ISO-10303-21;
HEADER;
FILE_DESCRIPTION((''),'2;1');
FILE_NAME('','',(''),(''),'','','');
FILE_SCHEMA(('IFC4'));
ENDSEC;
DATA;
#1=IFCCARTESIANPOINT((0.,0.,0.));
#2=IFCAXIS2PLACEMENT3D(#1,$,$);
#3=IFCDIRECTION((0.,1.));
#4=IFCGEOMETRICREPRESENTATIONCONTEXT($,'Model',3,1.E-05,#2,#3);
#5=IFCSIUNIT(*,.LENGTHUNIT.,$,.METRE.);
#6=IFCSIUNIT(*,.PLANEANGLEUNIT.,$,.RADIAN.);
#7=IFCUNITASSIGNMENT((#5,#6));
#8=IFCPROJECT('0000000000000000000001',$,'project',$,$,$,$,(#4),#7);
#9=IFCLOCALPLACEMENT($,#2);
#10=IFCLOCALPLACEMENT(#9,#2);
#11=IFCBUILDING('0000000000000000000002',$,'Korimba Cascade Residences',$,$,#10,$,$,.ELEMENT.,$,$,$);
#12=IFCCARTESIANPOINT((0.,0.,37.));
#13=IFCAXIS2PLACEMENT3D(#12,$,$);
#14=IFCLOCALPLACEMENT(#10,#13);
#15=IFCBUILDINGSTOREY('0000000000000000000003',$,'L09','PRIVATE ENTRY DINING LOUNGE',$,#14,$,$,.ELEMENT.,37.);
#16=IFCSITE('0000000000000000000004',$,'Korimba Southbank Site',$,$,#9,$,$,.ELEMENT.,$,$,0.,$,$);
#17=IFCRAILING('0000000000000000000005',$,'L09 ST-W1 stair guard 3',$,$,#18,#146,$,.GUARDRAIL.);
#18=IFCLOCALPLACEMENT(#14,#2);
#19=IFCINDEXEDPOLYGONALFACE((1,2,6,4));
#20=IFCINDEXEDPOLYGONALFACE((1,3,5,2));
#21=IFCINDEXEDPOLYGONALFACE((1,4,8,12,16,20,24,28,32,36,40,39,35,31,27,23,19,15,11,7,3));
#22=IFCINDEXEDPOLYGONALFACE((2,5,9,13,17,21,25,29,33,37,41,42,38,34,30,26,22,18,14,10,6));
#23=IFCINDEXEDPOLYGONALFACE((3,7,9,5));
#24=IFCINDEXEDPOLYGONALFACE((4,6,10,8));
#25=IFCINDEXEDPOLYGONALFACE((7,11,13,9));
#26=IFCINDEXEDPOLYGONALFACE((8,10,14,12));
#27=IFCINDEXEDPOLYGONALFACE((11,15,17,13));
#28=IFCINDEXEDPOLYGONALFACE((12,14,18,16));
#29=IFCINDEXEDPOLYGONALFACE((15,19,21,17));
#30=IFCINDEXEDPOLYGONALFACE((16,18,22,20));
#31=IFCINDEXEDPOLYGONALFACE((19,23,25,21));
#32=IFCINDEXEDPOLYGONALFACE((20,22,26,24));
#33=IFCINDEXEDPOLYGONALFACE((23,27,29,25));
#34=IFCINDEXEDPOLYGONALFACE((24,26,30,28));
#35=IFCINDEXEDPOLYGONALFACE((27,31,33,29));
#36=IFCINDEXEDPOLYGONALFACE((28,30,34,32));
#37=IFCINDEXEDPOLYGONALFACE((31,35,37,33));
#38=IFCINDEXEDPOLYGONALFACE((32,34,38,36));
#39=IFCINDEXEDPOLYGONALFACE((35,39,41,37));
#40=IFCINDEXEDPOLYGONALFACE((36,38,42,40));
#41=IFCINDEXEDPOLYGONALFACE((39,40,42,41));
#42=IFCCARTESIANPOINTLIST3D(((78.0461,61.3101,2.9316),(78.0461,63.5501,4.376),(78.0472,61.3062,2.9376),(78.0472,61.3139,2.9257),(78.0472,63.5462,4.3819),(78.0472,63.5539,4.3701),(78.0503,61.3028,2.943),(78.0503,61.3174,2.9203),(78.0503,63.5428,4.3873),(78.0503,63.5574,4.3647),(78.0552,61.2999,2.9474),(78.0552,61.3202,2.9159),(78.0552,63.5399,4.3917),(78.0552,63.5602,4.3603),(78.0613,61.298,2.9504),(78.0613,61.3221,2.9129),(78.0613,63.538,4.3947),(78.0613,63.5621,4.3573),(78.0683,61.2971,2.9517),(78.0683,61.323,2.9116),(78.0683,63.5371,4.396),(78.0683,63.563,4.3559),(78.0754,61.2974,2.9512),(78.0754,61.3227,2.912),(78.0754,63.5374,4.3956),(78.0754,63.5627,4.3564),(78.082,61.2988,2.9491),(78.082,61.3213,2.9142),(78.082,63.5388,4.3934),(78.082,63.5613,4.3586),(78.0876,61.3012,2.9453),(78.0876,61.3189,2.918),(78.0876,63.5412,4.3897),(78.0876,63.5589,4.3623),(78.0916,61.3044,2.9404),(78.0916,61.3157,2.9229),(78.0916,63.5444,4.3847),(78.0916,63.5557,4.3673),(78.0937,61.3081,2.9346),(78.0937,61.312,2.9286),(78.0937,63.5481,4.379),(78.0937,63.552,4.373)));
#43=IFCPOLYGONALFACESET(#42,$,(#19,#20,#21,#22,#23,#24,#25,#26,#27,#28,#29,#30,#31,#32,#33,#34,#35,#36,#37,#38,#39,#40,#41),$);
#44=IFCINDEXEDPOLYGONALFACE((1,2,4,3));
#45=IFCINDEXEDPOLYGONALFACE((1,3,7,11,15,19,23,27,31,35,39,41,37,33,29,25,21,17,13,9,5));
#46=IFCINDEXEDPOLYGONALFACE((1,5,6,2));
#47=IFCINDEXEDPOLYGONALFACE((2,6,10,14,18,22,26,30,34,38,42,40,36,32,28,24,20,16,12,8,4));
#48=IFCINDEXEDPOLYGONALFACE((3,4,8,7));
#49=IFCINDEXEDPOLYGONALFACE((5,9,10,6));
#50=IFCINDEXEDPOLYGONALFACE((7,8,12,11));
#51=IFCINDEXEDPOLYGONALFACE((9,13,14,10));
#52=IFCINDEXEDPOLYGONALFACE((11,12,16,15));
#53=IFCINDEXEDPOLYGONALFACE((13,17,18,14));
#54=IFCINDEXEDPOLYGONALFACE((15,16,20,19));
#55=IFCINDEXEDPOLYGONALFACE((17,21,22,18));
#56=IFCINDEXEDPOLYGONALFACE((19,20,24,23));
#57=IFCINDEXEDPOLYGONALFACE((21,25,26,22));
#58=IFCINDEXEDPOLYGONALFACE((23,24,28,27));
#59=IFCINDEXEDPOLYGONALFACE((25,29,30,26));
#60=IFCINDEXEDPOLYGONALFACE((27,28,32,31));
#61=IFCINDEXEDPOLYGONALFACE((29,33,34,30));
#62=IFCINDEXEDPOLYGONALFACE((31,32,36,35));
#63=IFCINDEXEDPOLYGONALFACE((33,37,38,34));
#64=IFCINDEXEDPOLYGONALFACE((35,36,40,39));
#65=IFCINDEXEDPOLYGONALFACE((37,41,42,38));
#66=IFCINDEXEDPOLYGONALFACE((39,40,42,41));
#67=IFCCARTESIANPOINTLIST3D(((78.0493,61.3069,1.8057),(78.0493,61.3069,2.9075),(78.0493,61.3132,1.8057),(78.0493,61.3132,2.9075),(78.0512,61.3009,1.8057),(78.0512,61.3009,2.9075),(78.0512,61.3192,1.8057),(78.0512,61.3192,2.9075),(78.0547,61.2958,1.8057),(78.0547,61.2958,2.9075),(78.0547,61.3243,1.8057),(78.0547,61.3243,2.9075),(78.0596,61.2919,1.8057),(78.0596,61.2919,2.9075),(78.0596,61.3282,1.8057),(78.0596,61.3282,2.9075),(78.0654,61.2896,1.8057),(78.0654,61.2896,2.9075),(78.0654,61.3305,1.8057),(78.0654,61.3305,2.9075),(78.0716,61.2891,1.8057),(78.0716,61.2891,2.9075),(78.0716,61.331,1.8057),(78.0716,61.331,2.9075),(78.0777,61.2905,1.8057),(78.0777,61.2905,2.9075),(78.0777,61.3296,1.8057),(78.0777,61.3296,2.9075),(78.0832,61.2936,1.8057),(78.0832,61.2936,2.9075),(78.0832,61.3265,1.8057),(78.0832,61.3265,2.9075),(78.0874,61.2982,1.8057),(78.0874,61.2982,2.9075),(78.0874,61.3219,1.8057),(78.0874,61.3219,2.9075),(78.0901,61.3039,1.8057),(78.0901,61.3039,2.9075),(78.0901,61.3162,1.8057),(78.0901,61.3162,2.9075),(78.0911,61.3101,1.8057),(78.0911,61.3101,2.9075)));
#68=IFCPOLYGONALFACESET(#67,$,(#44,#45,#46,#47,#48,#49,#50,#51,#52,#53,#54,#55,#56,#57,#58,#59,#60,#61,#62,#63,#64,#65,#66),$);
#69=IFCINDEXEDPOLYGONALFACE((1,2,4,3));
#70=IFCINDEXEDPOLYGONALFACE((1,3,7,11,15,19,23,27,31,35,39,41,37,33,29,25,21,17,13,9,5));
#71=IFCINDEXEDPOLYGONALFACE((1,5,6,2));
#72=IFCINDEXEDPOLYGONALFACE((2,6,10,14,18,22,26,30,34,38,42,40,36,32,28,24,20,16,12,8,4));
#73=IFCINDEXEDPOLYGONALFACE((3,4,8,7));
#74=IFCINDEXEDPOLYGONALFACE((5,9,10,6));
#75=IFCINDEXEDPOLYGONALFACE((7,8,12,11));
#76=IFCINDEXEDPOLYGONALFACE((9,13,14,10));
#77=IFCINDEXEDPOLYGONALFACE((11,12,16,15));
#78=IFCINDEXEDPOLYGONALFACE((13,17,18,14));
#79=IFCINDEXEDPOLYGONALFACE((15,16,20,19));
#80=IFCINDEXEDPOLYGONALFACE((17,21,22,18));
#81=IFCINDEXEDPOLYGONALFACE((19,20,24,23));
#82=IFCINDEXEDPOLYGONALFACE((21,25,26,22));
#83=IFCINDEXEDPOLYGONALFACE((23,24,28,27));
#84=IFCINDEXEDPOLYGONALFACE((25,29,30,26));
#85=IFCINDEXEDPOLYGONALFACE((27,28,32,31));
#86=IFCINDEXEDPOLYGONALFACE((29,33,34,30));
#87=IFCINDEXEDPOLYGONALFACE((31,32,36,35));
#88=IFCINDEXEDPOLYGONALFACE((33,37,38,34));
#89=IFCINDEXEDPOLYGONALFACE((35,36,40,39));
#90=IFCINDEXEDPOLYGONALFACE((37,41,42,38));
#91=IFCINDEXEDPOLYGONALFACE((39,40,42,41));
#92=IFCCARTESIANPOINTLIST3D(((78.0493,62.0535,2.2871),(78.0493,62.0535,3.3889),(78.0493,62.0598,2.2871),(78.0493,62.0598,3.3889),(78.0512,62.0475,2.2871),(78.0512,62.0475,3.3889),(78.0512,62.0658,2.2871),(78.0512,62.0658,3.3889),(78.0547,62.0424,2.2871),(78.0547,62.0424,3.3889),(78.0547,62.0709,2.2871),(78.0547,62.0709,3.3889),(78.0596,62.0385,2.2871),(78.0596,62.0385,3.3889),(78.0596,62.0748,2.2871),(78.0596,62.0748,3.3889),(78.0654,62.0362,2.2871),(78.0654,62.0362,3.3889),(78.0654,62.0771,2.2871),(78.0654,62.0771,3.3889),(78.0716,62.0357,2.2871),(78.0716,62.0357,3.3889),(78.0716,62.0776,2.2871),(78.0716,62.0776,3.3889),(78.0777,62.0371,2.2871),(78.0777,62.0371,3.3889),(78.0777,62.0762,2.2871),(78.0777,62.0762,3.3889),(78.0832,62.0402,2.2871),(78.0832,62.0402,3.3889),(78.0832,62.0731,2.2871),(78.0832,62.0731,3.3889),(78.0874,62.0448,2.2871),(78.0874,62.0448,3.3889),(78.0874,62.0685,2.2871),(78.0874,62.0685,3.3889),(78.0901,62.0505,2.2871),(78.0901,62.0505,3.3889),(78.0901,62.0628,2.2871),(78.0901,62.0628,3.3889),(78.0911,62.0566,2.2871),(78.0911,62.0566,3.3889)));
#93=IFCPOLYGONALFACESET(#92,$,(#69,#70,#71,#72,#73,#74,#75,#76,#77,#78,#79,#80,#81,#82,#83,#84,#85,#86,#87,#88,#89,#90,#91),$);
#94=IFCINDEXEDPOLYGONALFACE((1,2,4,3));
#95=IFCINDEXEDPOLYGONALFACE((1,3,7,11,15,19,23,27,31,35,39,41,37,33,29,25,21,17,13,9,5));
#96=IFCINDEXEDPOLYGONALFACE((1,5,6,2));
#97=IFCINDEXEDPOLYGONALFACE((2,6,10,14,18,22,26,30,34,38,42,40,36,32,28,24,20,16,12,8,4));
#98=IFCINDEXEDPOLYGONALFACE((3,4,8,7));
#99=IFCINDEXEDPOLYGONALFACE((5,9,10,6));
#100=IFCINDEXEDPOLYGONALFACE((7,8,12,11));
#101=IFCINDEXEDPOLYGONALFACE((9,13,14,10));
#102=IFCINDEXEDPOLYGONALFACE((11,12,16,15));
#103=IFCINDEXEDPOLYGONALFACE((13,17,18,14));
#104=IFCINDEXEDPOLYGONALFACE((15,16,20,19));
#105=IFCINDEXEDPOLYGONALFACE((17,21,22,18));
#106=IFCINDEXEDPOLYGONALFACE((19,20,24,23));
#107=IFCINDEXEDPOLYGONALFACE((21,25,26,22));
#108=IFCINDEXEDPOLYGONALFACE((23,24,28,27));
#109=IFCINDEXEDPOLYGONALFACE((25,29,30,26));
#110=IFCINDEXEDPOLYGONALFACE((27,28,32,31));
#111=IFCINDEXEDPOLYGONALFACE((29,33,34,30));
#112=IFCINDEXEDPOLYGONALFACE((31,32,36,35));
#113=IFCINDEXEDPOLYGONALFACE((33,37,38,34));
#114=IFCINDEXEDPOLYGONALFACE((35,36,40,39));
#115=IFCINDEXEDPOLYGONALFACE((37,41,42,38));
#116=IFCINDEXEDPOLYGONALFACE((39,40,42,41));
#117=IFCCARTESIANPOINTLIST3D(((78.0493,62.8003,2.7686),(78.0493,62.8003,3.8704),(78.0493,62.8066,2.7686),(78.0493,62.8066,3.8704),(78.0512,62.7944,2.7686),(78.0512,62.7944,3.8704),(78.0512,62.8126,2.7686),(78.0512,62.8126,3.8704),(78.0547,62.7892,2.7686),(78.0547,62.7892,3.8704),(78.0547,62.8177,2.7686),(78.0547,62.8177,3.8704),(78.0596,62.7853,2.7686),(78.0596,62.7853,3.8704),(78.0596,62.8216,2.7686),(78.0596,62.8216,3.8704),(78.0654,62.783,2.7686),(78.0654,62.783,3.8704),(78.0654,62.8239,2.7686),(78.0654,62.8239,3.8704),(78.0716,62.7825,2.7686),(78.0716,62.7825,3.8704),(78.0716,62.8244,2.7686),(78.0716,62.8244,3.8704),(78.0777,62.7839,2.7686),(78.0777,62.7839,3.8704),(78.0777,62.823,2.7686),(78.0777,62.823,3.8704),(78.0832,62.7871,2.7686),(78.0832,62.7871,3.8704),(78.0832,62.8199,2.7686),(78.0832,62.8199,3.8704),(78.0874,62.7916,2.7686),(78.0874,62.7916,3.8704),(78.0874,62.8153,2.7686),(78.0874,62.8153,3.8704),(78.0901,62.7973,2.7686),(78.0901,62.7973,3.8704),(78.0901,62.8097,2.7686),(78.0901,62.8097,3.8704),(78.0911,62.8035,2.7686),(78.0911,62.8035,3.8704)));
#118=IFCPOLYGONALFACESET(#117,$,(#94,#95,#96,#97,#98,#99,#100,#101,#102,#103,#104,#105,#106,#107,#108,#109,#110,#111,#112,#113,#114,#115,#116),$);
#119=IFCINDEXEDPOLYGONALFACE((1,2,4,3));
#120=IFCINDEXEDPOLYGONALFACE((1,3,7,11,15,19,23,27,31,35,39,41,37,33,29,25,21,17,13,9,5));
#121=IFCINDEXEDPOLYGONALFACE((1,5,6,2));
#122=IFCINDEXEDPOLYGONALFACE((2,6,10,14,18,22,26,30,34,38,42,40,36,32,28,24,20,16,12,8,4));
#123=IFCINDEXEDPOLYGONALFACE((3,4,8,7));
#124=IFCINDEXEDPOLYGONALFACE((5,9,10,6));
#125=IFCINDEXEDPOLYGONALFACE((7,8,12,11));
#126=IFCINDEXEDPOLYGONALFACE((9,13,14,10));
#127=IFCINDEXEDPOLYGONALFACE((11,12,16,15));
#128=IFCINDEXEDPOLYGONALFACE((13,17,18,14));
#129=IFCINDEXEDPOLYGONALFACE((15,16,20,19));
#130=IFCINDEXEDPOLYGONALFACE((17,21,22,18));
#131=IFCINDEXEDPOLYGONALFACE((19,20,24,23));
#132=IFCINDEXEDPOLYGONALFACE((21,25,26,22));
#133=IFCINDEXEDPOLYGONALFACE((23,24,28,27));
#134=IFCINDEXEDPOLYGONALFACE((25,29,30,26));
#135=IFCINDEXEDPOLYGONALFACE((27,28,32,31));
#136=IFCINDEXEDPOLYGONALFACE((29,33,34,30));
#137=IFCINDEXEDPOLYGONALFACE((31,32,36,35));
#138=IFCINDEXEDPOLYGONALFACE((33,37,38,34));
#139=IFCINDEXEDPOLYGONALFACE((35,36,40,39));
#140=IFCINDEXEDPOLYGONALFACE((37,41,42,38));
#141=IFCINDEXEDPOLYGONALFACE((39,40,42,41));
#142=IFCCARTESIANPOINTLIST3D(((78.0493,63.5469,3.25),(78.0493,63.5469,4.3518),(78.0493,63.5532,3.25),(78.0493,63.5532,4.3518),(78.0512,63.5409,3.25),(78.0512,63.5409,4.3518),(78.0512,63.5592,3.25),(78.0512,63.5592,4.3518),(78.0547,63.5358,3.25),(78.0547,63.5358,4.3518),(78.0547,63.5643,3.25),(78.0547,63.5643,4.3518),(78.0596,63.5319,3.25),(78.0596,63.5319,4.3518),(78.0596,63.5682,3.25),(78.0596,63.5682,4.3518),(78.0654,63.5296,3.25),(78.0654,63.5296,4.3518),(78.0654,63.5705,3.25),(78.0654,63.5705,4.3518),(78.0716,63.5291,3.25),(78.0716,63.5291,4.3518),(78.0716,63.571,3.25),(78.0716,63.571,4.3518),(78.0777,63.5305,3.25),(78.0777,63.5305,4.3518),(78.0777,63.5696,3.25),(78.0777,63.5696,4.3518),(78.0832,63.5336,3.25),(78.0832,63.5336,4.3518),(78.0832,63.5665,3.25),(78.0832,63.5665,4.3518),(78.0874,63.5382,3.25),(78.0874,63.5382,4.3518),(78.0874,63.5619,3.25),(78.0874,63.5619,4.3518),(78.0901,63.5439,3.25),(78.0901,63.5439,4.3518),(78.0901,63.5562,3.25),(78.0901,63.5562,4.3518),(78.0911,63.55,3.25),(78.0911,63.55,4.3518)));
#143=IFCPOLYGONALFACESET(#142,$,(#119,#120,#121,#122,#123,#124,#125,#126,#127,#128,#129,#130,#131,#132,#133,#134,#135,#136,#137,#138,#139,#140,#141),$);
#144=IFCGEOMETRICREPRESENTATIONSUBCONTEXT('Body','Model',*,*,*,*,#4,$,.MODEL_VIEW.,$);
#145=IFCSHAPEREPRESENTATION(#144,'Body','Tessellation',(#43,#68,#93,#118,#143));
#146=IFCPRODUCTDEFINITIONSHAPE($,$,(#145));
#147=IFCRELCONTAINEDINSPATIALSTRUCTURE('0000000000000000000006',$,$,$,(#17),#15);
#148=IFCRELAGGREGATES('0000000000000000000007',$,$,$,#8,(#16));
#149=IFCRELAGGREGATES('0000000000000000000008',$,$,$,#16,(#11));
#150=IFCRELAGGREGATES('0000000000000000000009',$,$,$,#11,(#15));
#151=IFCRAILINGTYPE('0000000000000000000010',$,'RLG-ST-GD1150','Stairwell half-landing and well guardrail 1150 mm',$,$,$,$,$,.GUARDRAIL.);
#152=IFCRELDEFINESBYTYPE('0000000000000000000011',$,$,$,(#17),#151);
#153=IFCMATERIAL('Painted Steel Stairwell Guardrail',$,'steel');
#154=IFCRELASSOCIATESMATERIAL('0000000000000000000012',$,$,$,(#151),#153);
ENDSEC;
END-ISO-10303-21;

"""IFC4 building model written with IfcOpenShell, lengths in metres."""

from ifc_helpers import new_model, si_unit, direction, frame, origin, origin_2d, place, context, subcontext, project, spatial, circle, extrude, material, type_object, element, save


model = new_model("IFC4")

# Units and contexts
model_context = context("Model", 3, precision=1e-05, world=origin(), true_north=direction((0.0, 1.0)))
body_context = subcontext(model_context, "Body", "Model", "MODEL_VIEW")
ifc_project = project(units=[si_unit("LENGTHUNIT", "METRE"), si_unit("PLANEANGLEUNIT", "RADIAN")], contexts=[model_context])

# Site, building, storey
site_placement = place(None, origin())
site = spatial("IfcSite", under=ifc_project, at=site_placement, Name="Korimba Southbank Site", CompositionType="ELEMENT", RefElevation=0.0)
building_placement = place(site_placement, origin())
building = spatial("IfcBuilding", under=site, at=building_placement, Name="Korimba Cascade Residences", CompositionType="ELEMENT")
storey_placement = place(building_placement, frame((0.0, 0.0, 37.0)))
storey = spatial("IfcBuildingStorey", under=building, at=storey_placement, Name="L09", Description="PRIVATE ENTRY DINING LOUNGE", CompositionType="ELEMENT", Elevation=37.0)

# Railing
ifc_material_1 = material(Name="Painted Steel Stairwell Guardrail", Category="steel")
railing_type_1 = type_object("IfcRailingType", Name="RLG-ST-GD1150", Description="Stairwell half-landing and well guardrail 1150 mm", PredefinedType="GUARDRAIL", material=ifc_material_1)
railing_1_placement = place(storey_placement, frame((78.0701, 61.3101, 1.8057)))
element("IfcRailing", 1, at=railing_1_placement, inside=storey, type_object=railing_type_1, Name="L09 ST-W1 stair guard 3", PredefinedType="GUARDRAIL", context=body_context, shape_type="SweptSolid", body=[
    extrude(circle(Radius=0.0239, at=origin_2d()), frame((0.0, 0.0, 1.126), z_axis=(0.0, 0.840437, 0.54191), x_axis=(-1.0, 0.0, 0.0)), (0.0, 0.0, 1.0), 2.6653),
    extrude(circle(Radius=0.021, at=origin_2d()), origin(), (0.0, 0.0, 1.0), 1.1018),
    extrude(circle(Radius=0.021, at=origin_2d()), frame((0.0, 0.7466, 0.4814)), (0.0, 0.0, 1.0), 1.1018),
    extrude(circle(Radius=0.021, at=origin_2d()), frame((0.0, 1.4934, 0.9629)), (0.0, 0.0, 1.0), 1.1018),
    extrude(circle(Radius=0.021, at=origin_2d()), frame((0.0, 2.24, 1.4443)), (0.0, 0.0, 1.0), 1.1018),
])

save(model, "model.ifc")
